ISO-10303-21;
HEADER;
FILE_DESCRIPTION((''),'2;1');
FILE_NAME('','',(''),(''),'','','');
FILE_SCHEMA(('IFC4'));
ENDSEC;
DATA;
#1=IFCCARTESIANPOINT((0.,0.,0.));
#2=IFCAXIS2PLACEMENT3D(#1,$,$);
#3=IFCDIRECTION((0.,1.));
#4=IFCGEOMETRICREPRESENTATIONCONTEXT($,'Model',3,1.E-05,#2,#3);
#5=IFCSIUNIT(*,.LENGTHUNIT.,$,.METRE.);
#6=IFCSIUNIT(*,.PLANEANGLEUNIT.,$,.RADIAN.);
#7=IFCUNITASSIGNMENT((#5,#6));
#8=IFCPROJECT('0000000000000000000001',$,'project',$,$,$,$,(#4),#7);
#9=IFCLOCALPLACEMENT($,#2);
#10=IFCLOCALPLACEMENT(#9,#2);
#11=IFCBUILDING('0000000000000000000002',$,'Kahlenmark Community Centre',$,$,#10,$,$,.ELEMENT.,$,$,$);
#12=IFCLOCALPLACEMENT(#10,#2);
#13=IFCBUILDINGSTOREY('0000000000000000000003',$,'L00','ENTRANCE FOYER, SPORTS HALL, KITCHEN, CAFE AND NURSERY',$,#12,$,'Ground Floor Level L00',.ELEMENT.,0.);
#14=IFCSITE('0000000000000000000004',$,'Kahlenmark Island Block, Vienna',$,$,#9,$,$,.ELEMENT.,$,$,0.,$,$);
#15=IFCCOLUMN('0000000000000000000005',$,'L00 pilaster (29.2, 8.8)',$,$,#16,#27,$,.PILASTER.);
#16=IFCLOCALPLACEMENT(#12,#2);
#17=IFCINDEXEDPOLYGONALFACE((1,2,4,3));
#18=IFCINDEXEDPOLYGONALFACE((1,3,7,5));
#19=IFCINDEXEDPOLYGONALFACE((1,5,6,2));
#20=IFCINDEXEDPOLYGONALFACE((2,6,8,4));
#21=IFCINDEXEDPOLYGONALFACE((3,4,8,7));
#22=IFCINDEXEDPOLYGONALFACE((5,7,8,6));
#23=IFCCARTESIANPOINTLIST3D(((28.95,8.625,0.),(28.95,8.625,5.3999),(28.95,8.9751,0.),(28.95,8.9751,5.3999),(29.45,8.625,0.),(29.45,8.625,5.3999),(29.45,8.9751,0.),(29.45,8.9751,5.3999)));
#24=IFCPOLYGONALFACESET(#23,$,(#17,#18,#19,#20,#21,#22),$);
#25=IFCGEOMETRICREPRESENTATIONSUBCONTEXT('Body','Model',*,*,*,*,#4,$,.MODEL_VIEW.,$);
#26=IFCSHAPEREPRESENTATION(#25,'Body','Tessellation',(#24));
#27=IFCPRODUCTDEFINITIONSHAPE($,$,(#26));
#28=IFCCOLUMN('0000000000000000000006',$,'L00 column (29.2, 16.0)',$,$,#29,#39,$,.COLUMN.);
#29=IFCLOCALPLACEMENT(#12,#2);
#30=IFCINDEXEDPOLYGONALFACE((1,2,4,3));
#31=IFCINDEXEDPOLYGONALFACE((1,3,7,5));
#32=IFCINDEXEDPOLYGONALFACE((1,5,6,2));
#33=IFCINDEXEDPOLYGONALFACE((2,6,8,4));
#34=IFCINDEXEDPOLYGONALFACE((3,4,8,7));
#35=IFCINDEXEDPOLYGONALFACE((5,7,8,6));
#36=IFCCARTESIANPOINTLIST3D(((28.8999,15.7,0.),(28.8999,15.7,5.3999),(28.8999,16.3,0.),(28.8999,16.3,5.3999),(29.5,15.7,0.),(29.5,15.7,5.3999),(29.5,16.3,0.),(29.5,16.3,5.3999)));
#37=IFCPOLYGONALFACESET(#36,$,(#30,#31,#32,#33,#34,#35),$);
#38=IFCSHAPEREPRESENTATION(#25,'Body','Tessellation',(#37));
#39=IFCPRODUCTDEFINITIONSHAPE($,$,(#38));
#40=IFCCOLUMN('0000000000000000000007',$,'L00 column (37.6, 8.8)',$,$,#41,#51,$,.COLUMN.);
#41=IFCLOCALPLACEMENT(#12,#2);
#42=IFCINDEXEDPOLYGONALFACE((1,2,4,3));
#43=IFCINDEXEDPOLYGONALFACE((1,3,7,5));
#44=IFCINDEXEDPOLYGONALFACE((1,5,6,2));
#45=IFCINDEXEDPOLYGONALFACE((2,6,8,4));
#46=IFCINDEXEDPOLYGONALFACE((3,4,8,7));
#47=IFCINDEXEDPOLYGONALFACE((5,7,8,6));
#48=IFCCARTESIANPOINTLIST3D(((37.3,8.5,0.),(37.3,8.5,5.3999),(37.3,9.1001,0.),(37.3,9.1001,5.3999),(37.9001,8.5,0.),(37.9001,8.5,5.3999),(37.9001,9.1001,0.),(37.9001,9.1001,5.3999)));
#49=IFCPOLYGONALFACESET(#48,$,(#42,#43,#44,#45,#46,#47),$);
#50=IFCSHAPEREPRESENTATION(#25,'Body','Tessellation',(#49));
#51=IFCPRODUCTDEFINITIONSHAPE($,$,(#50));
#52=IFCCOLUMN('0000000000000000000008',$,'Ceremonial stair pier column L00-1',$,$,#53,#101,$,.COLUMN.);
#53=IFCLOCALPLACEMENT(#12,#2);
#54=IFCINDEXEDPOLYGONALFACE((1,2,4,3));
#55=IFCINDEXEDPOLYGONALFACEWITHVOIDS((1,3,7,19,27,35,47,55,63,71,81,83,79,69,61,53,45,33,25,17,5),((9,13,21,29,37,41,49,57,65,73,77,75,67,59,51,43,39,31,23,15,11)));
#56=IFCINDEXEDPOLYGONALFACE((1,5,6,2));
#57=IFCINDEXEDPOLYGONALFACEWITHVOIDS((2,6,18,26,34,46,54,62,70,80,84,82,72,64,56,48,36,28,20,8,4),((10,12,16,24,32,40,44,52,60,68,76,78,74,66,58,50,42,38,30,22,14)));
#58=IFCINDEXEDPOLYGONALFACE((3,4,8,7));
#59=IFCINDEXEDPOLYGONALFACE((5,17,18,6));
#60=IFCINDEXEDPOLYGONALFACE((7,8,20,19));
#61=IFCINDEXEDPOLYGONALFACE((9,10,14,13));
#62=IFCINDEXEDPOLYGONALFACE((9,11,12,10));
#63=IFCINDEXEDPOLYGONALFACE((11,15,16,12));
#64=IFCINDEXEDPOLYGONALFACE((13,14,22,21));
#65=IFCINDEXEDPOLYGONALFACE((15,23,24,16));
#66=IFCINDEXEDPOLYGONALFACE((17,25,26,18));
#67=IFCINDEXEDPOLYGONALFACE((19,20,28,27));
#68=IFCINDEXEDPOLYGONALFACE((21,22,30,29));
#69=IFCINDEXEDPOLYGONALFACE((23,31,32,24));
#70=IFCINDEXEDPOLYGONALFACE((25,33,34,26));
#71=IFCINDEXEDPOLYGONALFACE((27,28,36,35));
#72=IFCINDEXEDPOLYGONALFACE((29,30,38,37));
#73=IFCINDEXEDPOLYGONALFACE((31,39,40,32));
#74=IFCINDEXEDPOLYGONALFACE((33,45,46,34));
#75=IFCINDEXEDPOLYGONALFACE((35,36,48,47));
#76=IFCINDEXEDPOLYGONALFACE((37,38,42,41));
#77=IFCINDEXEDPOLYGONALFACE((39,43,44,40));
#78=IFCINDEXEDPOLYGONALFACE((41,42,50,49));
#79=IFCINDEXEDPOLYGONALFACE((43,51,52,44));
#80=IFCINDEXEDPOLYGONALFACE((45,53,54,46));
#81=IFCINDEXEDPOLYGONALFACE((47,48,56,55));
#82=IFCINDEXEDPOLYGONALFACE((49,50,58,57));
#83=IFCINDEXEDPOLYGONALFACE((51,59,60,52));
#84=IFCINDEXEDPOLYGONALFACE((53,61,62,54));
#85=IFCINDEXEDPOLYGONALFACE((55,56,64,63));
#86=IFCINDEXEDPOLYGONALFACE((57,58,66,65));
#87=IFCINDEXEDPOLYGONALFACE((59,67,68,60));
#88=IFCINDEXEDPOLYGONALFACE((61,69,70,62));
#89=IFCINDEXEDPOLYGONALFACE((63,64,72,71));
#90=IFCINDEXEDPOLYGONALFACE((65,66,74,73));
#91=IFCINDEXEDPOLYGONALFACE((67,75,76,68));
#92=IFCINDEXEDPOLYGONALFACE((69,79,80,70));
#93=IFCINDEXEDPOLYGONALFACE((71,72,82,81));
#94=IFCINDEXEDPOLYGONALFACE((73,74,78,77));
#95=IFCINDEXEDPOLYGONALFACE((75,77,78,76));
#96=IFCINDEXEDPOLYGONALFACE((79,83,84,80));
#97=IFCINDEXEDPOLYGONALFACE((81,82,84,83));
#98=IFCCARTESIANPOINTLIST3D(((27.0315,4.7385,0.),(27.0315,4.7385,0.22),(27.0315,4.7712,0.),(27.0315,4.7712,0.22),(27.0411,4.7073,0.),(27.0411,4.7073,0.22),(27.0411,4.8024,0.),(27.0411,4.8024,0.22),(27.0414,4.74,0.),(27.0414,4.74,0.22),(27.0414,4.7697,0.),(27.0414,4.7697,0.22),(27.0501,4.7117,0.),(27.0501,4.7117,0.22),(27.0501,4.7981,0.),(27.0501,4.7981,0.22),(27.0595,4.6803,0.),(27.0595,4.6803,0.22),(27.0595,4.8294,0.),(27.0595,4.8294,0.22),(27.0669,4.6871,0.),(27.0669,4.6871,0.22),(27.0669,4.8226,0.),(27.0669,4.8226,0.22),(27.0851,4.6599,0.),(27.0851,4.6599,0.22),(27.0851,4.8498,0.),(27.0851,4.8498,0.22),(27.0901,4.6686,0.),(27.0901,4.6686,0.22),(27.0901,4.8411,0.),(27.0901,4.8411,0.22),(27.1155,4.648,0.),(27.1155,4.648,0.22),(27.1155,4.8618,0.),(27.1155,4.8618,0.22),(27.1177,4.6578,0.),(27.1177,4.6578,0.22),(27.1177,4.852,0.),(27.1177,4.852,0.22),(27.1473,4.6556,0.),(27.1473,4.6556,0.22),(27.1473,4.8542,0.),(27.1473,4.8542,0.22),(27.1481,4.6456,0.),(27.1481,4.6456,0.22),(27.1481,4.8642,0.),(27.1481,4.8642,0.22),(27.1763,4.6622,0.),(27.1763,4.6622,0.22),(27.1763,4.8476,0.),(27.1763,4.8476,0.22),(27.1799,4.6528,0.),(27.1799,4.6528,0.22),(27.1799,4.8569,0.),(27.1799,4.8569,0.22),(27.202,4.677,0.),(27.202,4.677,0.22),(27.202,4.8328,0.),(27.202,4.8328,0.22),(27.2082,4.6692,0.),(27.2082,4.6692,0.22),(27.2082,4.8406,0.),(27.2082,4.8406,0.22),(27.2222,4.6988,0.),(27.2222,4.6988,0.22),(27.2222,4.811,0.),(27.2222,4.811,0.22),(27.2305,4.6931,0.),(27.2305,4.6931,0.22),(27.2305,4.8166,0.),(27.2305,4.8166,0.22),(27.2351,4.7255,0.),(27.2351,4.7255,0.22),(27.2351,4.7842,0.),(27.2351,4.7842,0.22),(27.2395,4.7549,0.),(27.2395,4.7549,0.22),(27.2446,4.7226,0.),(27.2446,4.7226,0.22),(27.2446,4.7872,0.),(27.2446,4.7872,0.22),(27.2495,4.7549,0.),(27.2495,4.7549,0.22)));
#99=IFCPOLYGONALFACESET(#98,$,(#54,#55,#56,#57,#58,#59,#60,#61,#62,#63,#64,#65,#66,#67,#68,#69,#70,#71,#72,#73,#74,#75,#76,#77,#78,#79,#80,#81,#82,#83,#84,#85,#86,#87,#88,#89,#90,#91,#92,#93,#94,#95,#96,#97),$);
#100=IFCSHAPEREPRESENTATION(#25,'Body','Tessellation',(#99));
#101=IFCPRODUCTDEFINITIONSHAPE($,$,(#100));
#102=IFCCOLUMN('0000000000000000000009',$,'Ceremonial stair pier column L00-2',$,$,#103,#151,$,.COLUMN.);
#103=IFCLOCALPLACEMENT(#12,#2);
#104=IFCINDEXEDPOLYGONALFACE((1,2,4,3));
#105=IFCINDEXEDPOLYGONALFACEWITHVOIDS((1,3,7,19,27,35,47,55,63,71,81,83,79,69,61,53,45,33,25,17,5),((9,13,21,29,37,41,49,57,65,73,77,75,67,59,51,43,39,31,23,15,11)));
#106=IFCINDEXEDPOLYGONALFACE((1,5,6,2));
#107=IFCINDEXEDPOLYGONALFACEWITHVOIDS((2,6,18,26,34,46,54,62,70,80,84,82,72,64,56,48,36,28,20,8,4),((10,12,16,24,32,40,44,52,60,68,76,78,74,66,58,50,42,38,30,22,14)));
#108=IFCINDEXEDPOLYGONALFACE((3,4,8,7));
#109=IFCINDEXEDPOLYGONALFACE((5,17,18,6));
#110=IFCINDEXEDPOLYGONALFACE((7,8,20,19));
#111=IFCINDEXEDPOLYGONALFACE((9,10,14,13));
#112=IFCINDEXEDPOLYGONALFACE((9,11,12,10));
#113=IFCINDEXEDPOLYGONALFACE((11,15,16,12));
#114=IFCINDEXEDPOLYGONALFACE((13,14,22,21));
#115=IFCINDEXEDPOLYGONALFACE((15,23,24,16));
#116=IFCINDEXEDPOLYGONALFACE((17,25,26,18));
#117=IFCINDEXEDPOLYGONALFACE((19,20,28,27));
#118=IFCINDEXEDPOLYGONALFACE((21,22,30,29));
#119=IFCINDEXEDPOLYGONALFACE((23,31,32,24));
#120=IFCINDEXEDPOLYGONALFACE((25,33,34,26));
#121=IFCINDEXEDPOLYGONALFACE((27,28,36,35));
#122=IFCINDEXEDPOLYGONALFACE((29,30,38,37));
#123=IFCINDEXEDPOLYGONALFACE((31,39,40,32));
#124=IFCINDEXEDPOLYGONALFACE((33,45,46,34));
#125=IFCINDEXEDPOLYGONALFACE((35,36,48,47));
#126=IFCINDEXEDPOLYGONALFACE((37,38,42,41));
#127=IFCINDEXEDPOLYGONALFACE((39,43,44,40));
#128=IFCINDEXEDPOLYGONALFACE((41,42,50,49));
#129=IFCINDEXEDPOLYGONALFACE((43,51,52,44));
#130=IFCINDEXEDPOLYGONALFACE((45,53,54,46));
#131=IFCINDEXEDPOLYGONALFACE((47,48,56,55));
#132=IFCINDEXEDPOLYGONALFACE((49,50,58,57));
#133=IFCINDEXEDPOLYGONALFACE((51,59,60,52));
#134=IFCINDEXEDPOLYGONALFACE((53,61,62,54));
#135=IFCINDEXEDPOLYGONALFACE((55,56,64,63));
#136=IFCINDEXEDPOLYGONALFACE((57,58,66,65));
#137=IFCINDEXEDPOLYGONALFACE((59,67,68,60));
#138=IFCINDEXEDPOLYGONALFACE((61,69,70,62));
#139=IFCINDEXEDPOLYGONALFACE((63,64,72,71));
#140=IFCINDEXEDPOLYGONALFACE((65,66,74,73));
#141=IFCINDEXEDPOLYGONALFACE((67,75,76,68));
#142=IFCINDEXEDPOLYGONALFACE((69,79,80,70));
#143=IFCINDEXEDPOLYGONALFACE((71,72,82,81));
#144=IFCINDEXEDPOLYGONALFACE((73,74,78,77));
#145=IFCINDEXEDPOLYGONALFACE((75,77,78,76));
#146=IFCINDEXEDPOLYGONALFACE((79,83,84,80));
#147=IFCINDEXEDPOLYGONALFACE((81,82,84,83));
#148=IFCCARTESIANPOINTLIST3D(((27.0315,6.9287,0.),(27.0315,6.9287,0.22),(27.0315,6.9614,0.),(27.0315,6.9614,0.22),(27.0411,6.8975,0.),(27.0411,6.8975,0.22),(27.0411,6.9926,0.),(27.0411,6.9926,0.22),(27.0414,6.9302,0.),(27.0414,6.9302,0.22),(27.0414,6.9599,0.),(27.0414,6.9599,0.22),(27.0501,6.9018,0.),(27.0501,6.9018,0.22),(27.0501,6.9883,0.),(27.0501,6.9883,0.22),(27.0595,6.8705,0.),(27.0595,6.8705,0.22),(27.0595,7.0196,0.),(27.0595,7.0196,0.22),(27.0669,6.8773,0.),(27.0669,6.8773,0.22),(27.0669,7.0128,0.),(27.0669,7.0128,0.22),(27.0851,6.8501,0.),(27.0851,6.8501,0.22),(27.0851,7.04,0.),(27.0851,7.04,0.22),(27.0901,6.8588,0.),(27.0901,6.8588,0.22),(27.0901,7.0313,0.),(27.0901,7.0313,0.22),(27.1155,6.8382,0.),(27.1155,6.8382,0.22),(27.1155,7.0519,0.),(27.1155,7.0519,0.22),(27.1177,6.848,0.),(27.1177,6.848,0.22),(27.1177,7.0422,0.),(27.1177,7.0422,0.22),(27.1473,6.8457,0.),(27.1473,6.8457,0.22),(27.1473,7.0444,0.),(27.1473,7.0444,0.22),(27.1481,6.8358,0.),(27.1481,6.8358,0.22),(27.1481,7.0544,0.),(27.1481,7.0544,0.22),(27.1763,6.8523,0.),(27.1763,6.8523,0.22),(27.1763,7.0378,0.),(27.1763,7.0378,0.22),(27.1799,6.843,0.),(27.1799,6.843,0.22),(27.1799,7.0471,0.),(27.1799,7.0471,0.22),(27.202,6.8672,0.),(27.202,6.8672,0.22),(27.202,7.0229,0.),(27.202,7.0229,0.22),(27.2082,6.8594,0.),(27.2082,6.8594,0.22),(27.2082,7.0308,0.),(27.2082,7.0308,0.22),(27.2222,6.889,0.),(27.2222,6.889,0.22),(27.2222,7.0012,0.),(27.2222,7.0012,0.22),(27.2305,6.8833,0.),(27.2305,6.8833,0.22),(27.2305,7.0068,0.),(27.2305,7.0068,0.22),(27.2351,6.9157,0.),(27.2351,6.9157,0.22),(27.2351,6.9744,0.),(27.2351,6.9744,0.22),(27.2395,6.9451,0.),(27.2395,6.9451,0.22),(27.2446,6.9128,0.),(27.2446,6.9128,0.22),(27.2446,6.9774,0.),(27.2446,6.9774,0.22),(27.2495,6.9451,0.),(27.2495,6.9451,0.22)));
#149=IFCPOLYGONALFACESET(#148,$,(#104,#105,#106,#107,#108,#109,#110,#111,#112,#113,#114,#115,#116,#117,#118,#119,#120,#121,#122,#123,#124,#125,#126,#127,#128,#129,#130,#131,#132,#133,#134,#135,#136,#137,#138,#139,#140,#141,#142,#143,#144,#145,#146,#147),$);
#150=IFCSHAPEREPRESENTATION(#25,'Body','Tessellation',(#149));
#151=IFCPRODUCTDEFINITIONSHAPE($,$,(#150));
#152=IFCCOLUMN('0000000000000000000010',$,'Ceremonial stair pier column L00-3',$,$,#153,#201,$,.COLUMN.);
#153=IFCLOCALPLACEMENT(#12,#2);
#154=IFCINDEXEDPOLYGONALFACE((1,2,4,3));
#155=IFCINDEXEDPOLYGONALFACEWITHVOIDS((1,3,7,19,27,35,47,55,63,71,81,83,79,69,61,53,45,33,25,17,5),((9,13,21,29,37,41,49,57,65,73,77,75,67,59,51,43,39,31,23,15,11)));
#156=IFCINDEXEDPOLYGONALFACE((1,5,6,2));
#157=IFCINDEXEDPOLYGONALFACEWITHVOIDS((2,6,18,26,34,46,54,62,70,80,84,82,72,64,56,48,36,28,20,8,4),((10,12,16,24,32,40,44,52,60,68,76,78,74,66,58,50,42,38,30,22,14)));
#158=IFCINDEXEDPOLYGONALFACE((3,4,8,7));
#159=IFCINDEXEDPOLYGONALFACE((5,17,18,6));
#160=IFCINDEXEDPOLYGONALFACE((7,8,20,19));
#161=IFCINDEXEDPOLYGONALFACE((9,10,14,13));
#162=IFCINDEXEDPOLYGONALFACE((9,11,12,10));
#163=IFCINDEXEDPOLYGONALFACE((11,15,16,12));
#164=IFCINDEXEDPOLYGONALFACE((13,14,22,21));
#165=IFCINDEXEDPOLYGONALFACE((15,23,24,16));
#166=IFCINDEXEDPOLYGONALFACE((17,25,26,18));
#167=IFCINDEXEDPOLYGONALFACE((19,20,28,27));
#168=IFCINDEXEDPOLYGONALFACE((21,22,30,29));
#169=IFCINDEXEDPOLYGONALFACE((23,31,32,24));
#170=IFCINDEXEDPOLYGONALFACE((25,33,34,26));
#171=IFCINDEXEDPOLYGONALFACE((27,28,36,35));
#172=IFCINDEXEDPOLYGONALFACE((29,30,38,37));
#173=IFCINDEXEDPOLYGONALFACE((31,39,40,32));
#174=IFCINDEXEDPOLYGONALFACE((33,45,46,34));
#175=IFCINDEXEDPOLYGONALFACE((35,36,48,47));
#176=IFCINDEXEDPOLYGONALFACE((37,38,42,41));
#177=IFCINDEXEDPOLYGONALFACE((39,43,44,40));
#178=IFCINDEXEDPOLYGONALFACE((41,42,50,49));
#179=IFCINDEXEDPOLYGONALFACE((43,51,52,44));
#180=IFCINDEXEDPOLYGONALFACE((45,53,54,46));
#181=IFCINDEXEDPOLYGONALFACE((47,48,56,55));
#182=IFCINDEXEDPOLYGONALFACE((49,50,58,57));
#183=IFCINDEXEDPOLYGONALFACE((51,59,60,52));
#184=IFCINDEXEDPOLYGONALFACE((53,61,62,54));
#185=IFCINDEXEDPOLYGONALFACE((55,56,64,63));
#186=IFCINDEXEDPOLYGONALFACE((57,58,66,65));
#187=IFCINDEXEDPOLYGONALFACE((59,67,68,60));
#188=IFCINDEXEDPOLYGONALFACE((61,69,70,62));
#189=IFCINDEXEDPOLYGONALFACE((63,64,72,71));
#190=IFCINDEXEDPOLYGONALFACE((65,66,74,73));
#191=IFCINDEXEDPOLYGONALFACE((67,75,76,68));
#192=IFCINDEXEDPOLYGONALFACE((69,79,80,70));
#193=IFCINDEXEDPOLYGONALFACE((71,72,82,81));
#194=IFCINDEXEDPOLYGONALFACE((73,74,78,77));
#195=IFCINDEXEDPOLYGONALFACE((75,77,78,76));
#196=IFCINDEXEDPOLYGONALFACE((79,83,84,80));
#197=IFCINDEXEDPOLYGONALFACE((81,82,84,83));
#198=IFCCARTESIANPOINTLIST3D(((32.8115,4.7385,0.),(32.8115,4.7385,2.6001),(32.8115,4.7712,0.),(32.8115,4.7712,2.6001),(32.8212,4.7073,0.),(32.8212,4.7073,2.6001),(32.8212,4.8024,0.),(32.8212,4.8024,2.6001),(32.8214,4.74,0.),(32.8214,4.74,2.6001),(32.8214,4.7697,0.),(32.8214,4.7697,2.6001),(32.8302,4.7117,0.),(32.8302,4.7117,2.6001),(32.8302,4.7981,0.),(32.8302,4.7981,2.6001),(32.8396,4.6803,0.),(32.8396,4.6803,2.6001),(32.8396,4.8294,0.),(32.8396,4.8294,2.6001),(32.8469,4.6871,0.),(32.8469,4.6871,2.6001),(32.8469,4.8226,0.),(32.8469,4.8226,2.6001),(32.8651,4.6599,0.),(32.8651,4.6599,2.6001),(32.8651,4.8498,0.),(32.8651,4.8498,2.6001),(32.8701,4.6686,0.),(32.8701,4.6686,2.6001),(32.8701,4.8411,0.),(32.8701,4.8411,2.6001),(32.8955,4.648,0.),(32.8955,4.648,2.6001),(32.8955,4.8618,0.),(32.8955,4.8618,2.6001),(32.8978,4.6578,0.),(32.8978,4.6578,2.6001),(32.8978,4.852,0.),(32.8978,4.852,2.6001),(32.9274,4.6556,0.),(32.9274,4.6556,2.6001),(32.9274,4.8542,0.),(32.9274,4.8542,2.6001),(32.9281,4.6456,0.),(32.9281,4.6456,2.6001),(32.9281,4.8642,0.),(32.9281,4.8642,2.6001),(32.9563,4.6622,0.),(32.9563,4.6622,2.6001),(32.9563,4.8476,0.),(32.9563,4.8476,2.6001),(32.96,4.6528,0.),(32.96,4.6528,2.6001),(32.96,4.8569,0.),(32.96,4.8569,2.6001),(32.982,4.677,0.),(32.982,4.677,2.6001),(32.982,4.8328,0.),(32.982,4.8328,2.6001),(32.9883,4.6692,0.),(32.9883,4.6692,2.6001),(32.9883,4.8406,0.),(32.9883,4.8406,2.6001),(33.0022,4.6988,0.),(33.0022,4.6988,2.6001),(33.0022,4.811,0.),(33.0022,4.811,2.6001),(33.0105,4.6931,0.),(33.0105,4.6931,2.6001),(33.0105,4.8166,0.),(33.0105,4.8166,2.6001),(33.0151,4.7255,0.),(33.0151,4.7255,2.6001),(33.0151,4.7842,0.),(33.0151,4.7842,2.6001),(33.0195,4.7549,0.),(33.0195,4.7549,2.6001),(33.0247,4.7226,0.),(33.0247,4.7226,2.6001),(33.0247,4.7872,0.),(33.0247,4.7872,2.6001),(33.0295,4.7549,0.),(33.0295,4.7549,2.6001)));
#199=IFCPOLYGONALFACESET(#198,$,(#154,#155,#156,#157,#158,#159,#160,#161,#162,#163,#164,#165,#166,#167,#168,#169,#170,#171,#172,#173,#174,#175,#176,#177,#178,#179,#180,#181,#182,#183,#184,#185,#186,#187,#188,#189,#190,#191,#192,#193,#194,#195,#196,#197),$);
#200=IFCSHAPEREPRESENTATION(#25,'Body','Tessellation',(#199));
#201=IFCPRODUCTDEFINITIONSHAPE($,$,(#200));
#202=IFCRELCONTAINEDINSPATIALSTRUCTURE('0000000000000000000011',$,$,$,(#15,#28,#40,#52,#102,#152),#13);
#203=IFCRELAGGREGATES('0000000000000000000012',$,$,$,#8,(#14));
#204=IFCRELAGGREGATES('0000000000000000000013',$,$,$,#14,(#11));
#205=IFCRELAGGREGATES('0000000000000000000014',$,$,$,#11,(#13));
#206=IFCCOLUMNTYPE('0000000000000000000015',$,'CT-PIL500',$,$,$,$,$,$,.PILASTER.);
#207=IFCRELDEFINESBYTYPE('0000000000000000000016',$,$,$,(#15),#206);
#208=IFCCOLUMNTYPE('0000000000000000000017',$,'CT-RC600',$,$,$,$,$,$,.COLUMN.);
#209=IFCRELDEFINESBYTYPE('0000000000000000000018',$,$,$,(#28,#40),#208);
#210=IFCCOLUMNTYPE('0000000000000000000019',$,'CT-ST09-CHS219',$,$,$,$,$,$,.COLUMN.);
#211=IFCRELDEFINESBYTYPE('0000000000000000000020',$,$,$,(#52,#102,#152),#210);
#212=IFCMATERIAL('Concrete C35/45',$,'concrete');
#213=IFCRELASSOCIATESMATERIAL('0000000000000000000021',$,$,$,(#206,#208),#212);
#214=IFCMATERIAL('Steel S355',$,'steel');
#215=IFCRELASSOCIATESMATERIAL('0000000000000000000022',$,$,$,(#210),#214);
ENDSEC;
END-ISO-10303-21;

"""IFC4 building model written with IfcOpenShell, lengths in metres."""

from ifc_helpers import new_model, si_unit, direction, frame, origin, origin_2d, place, context, subcontext, project, spatial, rectangle, hollow_circle, extrude, material, material_profile, profile_set, type_object, element, save


model = new_model("IFC4")

# Units and contexts
model_context = context("Model", 3, precision=1e-05, world=origin(), true_north=direction((0.0, 1.0)))
body_context = subcontext(model_context, "Body", "Model", "MODEL_VIEW")
ifc_project = project(units=[si_unit("LENGTHUNIT", "METRE"), si_unit("PLANEANGLEUNIT", "RADIAN")], contexts=[model_context])

# Site, building, storey
site_placement = place(None, origin())
site = spatial("IfcSite", under=ifc_project, at=site_placement, Name="Kahlenmark Island Block, Vienna", CompositionType="ELEMENT", RefElevation=0.0)
building_placement = place(site_placement, origin())
building = spatial("IfcBuilding", under=site, at=building_placement, Name="Kahlenmark Community Centre", CompositionType="ELEMENT")
storey_placement = place(building_placement, origin())
storey = spatial("IfcBuildingStorey", under=building, at=storey_placement, Name="L00", Description="ENTRANCE FOYER, SPORTS HALL, KITCHEN, CAFE AND NURSERY", LongName="Ground Floor Level L00", CompositionType="ELEMENT", Elevation=0.0)

# Columns
ifc_material_1 = material(Name="Concrete C35/45", Category="concrete")
ifc_material_profile_1 = material_profile(ifc_material_1, rectangle(XDim=0.5, YDim=0.3501, at=origin_2d()), Name="RC 500x350")
ifc_profile_set_1 = profile_set([ifc_material_profile_1], Name="Concrete C35/45")
column_type_1 = type_object("IfcColumnType", Name="CT-PIL500", PredefinedType="PILASTER", material=ifc_profile_set_1)
column_placement = place(storey_placement, frame((29.2, 8.8, 0.0), z_axis=(0.0, 0.0, 1.0), x_axis=(1.0, 0.0, 0.0)))
element("IfcColumn", 1, at=column_placement, inside=storey, type_object=column_type_1, Name="L00 pilaster (29.2, 8.8)", PredefinedType="PILASTER", context=body_context, shape_type="SweptSolid", body=[
    extrude(rectangle(XDim=0.5, YDim=0.3501, at=origin_2d()), origin(), (0.0, 0.0, 1.0), 5.3999),
])
ifc_material_profile_2 = material_profile(ifc_material_1, rectangle(XDim=0.6001, YDim=0.6001, at=origin_2d()), Name="RC 600x600")
ifc_profile_set_2 = profile_set([ifc_material_profile_2], Name="Concrete C35/45")
column_type_2 = type_object("IfcColumnType", Name="CT-RC600", PredefinedType="COLUMN", material=ifc_profile_set_2)
for number, where, z_axis, x_axis, name in (
    (2, (29.2, 16.0, 0.0), (0.0, 0.0, 1.0), (1.0, 0.0, 0.0), "L00 column (29.2, 16.0)"),
    (3, (37.6001, 8.8, 0.0), (0.0, 0.0, 1.0), (1.0, 0.0, 0.0), "L00 column (37.6, 8.8)"),
):
    element("IfcColumn", number, at=place(storey_placement, frame(where, z_axis=z_axis, x_axis=x_axis)), inside=storey, type_object=column_type_2, Name=name, PredefinedType="COLUMN", context=body_context, shape_type="SweptSolid", body=[
        extrude(rectangle(XDim=0.6001, YDim=0.6001, at=origin_2d()), origin(), (0.0, 0.0, 1.0), 5.3999),
    ])
ifc_material_2 = material(Name="Steel S355", Category="steel")
ifc_material_profile_3 = material_profile(ifc_material_2, hollow_circle(Radius=0.1096, WallThickness=0.01, at=origin_2d()), Name="CHS 219.1x10")
ifc_profile_set_3 = profile_set([ifc_material_profile_3], Name="Steel S355")
column_type_3 = type_object("IfcColumnType", Name="CT-ST09-CHS219", PredefinedType="COLUMN", material=ifc_profile_set_3)
for number, where, z_axis, x_axis, name in (
    (4, (27.1399, 4.7549, 0.0), (0.0, 0.0, 1.0), (1.0, 0.0, 0.0), "Ceremonial stair pier column L00-1"),
    (5, (27.1399, 6.9451, 0.0), (0.0, 0.0, 1.0), (1.0, 0.0, 0.0), "Ceremonial stair pier column L00-2"),
):
    element("IfcColumn", number, at=place(storey_placement, frame(where, z_axis=z_axis, x_axis=x_axis)), inside=storey, type_object=column_type_3, Name=name, PredefinedType="COLUMN", context=body_context, shape_type="SweptSolid", body=[
        extrude(hollow_circle(Radius=0.1096, WallThickness=0.01, at=origin_2d()), origin(), (0.0, 0.0, 1.0), 0.22),
    ])
for number, where, z_axis, x_axis, name in (
    (6, (32.9199, 4.7549, 0.0), (0.0, 0.0, 1.0), (1.0, 0.0, 0.0), "Ceremonial stair pier column L00-3"),
):
    element("IfcColumn", number, at=place(storey_placement, frame(where, z_axis=z_axis, x_axis=x_axis)), inside=storey, type_object=column_type_3, Name=name, PredefinedType="COLUMN", context=body_context, shape_type="SweptSolid", body=[
        extrude(hollow_circle(Radius=0.1096, WallThickness=0.01, at=origin_2d()), origin(), (0.0, 0.0, 1.0), 2.6001),
    ])

save(model, "model.ifc")
